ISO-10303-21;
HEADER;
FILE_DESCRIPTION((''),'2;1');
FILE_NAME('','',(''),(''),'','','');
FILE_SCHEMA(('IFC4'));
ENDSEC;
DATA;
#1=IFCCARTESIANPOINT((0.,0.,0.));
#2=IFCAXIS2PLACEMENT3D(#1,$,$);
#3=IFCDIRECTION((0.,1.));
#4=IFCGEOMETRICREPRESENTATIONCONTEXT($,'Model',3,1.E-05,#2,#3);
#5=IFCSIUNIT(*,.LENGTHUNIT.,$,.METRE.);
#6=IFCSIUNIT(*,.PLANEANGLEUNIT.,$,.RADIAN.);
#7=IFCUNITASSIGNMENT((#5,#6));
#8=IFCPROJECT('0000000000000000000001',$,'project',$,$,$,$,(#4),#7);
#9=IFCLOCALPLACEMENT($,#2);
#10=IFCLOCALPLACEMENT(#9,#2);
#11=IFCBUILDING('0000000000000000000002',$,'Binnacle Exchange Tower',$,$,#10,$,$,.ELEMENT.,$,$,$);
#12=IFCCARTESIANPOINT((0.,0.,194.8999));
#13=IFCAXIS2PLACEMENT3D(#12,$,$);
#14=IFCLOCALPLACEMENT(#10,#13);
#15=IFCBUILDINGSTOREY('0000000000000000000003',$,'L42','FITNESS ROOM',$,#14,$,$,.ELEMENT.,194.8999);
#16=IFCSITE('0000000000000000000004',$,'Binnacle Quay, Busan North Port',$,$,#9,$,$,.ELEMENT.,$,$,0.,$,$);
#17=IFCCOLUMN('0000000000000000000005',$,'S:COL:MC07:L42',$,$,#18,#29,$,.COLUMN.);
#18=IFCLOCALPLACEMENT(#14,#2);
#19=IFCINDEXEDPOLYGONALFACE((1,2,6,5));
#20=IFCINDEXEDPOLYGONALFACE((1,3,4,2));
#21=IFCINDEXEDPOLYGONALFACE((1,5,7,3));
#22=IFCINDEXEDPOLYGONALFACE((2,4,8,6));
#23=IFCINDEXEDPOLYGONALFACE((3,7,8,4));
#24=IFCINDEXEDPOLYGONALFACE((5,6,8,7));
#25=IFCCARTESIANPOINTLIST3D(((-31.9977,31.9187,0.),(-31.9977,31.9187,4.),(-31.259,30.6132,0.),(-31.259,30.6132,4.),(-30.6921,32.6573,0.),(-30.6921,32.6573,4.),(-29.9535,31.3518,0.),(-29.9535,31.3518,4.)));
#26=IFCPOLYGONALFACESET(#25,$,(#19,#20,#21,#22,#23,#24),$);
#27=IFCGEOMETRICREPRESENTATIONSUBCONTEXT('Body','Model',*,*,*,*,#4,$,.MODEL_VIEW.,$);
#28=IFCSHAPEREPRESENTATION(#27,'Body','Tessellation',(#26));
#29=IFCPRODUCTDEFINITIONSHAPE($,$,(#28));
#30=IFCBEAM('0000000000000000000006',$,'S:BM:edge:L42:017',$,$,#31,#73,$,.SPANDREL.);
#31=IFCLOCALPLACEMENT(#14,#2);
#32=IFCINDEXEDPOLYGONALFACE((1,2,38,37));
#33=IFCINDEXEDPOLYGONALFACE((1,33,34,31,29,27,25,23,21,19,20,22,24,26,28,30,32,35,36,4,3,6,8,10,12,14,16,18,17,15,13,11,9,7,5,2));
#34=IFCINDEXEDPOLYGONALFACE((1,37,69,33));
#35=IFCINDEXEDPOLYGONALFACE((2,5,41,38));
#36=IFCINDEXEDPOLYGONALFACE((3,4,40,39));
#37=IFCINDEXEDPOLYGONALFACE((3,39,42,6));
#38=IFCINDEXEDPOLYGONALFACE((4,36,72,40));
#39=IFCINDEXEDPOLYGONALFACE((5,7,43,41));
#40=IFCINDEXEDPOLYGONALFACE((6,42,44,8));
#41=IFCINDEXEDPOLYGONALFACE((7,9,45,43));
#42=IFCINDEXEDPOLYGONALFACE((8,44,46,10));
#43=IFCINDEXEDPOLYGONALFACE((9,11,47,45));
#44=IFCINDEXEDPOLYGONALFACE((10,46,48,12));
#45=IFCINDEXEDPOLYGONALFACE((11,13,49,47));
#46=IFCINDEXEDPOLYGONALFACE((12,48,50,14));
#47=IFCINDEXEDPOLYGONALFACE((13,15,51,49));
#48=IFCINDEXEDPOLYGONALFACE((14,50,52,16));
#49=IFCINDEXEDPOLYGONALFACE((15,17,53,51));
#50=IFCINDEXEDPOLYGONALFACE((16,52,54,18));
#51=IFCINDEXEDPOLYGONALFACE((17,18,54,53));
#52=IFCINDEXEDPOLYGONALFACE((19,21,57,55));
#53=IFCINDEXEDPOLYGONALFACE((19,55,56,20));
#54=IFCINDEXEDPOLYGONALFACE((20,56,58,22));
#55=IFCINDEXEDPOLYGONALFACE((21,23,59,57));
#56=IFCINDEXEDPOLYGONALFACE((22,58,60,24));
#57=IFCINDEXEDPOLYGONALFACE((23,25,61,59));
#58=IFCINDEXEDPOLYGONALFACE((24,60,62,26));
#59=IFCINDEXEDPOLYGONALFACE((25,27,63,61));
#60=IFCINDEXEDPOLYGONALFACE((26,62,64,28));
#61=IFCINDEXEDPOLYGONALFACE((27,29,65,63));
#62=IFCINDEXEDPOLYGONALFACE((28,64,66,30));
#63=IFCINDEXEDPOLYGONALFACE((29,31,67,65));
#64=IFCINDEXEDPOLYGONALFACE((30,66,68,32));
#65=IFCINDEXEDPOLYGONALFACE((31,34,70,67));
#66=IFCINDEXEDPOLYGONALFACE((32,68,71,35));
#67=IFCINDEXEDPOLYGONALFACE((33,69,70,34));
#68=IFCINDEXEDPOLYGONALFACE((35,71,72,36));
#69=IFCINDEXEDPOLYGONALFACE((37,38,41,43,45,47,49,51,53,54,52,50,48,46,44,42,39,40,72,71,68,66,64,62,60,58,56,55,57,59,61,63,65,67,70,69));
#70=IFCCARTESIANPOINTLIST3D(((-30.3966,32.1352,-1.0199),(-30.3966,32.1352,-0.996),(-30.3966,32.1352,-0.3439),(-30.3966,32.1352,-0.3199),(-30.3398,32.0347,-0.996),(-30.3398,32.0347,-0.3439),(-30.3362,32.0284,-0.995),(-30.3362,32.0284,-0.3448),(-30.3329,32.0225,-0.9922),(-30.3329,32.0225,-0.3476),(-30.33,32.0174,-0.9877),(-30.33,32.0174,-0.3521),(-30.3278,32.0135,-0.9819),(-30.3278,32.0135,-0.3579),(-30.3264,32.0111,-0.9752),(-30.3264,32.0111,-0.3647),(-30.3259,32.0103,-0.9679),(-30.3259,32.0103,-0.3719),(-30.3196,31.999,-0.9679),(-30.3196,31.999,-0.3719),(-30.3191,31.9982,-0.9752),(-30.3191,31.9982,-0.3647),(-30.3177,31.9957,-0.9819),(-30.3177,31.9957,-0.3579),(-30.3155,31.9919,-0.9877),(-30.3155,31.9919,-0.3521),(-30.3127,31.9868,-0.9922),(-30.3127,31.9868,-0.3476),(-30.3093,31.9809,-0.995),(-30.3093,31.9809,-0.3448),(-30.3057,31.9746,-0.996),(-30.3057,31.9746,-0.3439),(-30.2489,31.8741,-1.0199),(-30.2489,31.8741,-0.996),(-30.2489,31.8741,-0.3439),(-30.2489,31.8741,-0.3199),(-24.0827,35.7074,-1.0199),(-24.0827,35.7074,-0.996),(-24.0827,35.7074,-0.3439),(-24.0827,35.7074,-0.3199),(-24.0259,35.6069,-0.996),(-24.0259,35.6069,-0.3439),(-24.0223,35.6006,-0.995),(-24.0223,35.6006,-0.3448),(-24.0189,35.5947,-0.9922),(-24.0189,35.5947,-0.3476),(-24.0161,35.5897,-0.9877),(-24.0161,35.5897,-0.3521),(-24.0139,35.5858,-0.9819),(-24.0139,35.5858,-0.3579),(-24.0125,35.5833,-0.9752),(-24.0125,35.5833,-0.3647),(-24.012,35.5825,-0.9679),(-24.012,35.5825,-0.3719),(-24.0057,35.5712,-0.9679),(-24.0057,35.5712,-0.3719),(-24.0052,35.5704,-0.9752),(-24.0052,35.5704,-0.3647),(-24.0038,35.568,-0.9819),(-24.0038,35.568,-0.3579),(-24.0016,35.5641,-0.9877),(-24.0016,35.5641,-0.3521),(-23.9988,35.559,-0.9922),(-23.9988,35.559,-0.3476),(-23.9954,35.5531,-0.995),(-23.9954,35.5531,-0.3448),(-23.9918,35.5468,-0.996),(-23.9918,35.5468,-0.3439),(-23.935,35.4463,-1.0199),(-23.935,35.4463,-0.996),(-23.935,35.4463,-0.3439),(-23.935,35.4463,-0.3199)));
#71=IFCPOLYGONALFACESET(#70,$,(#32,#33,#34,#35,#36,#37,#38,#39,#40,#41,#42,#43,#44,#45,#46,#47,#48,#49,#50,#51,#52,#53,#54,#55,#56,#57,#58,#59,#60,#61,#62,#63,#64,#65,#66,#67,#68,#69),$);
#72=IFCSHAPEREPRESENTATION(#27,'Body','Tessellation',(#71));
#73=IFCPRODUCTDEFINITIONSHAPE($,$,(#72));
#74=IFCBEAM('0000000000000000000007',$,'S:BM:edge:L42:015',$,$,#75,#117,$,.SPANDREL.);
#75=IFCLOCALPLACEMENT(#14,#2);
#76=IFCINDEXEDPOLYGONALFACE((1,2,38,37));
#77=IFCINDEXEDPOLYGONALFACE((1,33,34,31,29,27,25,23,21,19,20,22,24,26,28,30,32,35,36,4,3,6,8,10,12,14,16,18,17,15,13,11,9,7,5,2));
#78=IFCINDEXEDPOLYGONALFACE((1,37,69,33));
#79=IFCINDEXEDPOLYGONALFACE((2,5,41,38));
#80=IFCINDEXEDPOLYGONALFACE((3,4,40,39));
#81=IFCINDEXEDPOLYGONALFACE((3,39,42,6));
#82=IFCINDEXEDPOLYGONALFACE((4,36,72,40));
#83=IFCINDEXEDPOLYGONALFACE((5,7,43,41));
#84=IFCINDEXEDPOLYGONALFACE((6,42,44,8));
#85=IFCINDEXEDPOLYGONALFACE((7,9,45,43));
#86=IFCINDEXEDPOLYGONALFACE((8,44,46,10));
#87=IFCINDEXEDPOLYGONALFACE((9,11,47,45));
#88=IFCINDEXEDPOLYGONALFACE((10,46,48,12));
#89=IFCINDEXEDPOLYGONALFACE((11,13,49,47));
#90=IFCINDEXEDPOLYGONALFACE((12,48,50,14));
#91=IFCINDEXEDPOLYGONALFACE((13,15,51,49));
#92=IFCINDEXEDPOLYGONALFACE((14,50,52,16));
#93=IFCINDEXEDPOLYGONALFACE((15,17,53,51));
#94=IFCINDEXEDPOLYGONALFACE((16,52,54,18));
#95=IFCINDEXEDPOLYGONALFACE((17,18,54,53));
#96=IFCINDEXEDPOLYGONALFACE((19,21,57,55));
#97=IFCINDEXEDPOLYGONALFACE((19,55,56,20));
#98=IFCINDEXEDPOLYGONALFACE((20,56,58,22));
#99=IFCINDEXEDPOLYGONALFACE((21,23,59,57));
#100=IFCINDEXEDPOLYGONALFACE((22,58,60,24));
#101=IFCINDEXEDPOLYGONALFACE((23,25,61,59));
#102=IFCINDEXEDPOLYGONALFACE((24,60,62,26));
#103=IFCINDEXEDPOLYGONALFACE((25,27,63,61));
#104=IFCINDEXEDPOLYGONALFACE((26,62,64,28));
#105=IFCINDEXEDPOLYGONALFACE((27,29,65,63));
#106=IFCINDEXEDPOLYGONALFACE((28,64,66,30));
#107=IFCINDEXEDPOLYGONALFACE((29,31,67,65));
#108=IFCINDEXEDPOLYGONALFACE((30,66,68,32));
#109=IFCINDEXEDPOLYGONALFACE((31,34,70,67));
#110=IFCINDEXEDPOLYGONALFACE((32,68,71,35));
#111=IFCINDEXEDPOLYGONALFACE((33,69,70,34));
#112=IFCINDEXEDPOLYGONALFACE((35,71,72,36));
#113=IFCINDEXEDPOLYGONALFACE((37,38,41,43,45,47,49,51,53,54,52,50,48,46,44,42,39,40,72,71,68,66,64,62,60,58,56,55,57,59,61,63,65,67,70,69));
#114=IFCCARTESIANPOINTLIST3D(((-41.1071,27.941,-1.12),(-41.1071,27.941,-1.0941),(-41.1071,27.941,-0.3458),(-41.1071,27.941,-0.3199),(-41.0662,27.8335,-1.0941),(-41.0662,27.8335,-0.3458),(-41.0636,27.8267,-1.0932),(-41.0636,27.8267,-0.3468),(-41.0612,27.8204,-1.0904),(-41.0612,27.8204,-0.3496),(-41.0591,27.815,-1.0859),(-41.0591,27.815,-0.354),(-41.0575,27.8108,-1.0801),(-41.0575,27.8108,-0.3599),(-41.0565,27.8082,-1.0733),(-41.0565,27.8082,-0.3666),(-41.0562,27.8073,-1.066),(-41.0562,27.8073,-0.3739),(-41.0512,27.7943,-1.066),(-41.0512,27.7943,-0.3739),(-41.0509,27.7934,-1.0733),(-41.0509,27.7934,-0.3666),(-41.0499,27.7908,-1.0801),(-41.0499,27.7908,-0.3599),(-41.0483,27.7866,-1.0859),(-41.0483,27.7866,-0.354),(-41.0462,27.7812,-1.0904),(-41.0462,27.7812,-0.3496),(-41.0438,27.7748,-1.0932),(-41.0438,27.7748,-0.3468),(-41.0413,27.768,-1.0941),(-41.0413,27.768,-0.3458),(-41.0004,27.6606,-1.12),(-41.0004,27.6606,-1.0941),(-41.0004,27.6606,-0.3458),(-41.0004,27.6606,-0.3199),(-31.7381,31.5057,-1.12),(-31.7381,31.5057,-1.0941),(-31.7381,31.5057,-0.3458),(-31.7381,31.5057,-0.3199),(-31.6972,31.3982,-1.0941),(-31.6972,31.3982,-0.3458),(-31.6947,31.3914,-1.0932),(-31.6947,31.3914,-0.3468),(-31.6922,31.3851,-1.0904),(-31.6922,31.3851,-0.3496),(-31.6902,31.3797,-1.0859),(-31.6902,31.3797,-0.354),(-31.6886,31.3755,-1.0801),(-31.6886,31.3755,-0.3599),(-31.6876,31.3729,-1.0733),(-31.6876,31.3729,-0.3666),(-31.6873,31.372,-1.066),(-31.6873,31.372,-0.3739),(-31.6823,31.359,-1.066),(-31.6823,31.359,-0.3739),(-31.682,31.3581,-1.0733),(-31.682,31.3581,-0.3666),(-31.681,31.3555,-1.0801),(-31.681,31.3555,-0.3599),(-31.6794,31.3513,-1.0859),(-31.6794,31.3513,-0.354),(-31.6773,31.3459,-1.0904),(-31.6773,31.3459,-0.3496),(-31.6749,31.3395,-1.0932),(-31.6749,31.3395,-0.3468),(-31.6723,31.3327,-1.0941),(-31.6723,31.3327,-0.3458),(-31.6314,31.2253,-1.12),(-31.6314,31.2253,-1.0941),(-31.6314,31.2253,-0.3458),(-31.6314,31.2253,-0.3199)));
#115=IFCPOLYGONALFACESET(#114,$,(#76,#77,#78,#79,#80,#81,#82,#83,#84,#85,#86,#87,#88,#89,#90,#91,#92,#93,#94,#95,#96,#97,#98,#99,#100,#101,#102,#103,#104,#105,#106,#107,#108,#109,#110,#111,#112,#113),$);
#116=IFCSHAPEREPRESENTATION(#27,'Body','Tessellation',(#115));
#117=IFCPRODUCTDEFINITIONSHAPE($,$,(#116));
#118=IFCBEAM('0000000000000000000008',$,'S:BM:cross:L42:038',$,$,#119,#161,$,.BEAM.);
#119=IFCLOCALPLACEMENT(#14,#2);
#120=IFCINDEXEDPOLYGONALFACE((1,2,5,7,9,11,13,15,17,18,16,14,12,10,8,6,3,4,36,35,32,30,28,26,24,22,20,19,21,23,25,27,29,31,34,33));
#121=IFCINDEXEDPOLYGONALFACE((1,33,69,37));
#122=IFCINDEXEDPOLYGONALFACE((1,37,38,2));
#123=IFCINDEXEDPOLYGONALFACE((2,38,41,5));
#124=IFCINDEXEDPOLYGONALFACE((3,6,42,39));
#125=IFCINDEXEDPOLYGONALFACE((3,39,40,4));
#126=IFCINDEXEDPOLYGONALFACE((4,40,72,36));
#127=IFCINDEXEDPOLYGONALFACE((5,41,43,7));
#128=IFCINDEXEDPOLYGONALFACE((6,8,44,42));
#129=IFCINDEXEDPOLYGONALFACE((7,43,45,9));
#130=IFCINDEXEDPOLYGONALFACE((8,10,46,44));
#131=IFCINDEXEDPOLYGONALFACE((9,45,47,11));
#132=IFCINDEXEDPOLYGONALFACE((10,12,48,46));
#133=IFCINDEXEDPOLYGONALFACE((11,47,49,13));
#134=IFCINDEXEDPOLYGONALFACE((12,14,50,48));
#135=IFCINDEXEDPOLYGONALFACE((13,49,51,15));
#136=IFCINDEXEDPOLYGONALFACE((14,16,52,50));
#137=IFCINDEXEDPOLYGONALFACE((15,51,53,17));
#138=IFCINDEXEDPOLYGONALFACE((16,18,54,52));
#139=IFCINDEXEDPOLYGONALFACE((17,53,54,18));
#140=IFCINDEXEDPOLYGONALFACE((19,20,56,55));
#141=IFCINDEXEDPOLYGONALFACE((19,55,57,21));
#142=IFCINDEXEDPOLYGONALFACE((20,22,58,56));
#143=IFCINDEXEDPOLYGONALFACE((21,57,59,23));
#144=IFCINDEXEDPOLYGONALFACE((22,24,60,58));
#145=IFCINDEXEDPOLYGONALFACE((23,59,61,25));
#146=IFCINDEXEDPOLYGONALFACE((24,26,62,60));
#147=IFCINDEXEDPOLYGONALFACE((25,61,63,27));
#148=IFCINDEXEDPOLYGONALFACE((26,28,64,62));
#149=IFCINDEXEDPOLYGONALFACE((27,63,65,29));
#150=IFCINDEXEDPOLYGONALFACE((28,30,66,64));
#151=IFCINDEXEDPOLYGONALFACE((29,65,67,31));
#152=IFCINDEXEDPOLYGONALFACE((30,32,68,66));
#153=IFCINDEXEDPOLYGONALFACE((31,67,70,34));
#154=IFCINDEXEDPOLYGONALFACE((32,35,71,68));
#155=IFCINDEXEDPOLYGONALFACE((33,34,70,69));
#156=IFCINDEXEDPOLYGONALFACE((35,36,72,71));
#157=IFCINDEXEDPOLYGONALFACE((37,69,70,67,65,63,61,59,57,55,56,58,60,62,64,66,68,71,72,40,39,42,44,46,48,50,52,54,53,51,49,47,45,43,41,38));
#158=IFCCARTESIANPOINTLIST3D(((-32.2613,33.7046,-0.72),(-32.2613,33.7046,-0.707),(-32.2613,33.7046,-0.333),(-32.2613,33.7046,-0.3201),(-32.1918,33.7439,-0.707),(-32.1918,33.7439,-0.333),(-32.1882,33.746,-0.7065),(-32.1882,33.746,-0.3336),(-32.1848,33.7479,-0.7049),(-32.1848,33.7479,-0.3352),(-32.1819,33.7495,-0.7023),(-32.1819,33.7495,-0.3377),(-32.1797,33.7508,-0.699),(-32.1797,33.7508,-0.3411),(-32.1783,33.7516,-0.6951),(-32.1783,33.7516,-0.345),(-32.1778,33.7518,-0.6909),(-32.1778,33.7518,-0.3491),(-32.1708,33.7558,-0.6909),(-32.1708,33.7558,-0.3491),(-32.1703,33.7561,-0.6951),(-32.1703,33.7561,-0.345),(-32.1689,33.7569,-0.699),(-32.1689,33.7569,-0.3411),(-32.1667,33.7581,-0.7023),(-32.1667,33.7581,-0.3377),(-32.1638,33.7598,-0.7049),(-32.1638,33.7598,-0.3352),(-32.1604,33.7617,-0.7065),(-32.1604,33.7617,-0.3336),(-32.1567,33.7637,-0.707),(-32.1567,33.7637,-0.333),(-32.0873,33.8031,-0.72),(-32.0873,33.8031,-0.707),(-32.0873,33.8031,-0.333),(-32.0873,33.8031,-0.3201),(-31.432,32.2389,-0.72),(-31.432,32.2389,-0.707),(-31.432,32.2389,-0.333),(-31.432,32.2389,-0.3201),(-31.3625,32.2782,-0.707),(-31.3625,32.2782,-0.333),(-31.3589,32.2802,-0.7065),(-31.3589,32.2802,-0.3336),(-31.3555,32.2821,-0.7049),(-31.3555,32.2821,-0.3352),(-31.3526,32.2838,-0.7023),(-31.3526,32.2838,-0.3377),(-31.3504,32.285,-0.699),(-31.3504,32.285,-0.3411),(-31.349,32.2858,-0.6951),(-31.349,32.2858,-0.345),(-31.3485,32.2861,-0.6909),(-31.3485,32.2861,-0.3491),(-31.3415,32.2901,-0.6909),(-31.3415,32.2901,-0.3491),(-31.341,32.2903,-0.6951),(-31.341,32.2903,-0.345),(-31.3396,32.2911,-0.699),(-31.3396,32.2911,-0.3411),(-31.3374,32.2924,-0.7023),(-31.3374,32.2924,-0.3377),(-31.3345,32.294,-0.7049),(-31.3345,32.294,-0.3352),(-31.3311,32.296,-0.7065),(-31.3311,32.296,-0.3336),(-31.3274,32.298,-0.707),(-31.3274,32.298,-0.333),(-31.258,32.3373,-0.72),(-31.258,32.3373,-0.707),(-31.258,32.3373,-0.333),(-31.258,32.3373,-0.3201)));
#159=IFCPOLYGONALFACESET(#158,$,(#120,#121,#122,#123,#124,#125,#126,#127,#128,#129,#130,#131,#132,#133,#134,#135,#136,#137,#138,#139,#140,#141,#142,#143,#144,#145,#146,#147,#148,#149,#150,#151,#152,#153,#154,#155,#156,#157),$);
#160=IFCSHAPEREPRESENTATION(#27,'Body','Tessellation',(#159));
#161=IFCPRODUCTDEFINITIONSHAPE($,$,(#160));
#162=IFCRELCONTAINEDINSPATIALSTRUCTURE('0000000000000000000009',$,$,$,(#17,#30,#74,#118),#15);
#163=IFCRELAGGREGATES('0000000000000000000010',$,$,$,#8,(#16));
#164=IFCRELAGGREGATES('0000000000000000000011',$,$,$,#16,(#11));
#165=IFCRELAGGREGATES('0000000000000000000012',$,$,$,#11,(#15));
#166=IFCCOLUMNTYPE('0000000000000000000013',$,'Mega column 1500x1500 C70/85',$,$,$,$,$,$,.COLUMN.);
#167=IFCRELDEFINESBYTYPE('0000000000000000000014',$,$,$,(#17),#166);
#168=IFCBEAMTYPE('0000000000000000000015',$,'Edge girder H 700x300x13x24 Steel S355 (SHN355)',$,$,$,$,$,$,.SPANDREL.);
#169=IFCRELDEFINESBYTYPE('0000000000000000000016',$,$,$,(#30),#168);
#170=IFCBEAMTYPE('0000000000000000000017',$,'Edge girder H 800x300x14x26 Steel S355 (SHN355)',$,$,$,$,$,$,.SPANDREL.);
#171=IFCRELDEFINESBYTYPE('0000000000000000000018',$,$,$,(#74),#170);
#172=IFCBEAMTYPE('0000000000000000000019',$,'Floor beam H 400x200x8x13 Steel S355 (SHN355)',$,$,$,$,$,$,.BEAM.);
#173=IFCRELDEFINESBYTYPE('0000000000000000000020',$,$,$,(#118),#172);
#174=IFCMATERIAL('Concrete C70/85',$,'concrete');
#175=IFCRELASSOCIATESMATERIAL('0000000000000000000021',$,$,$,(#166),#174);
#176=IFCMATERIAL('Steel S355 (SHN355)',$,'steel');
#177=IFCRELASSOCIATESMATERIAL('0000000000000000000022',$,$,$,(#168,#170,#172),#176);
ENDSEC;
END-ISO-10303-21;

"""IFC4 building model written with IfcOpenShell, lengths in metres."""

from ifc_helpers import new_model, si_unit, direction, frame, origin, origin_2d, place, context, subcontext, project, spatial, rectangle, i_section, extrude, material, material_profile, profile_set, type_object, element, save


model = new_model("IFC4")

# Units and contexts
model_context = context("Model", 3, precision=1e-05, world=origin(), true_north=direction((0.0, 1.0)))
body_context = subcontext(model_context, "Body", "Model", "MODEL_VIEW")
ifc_project = project(units=[si_unit("LENGTHUNIT", "METRE"), si_unit("PLANEANGLEUNIT", "RADIAN")], contexts=[model_context])

# Site, building, storey
site_placement = place(None, origin())
site = spatial("IfcSite", under=ifc_project, at=site_placement, Name="Binnacle Quay, Busan North Port", CompositionType="ELEMENT", RefElevation=0.0)
building_placement = place(site_placement, origin())
building = spatial("IfcBuilding", under=site, at=building_placement, Name="Binnacle Exchange Tower", CompositionType="ELEMENT")
storey_placement = place(building_placement, frame((0.0, 0.0, 194.8999)))
storey = spatial("IfcBuildingStorey", under=building, at=storey_placement, Name="L42", Description="FITNESS ROOM", CompositionType="ELEMENT", Elevation=194.8999)

# Column
ifc_material_1 = material(Name="Concrete C70/85", Category="concrete")
ifc_material_profile_1 = material_profile(ifc_material_1, rectangle(XDim=1.5, YDim=1.5, at=origin_2d()), Name="Mega column 1500x1500 C70/85")
ifc_profile_set_1 = profile_set([ifc_material_profile_1], Name="Concrete C70/85")
column_type = type_object("IfcColumnType", Name="Mega column 1500x1500 C70/85", PredefinedType="COLUMN", material=ifc_profile_set_1)
column_placement = place(storey_placement, frame((-30.9756, 31.6353, 0.0), z_axis=(0.0, 0.0, 1.0), x_axis=(0.870356, 0.492424, 0.0)))
element("IfcColumn", 1, at=column_placement, inside=storey, type_object=column_type, Name="S:COL:MC07:L42", PredefinedType="COLUMN", context=body_context, shape_type="SweptSolid", body=[
    extrude(rectangle(XDim=1.5, YDim=1.5, at=origin_2d()), origin(), (0.0, 0.0, 1.0), 4.0),
])

# Beams
ifc_material_2 = material(Name="Steel S355 (SHN355)", Category="steel")
ifc_material_profile_2 = material_profile(ifc_material_2, i_section(OverallWidth=0.3, OverallDepth=0.7, WebThickness=0.0129, FlangeThickness=0.0239, FilletRadius=0.0281, at=origin_2d()), Name="H 700x300x13x24")
ifc_profile_set_2 = profile_set([ifc_material_profile_2], Name="Steel S355 (SHN355)")
beam_type_1 = type_object("IfcBeamType", Name="Edge girder H 700x300x13x24 Steel S355 (SHN355)", PredefinedType="SPANDREL", material=ifc_profile_set_2)
beam_1_placement = place(storey_placement, frame((-30.3228, 32.0046, -0.6699), z_axis=(0.870356, 0.492423, 0.0), x_axis=(-0.492423, 0.870356, 0.0)))
element("IfcBeam", 2, at=beam_1_placement, inside=storey, type_object=beam_type_1, Name="S:BM:edge:L42:017", PredefinedType="SPANDREL", context=body_context, shape_type="SweptSolid", body=[
    extrude(i_section(OverallWidth=0.3, OverallDepth=0.7, WebThickness=0.0129, FlangeThickness=0.0239, FilletRadius=0.0281, at=origin_2d()), origin(), (0.0, 0.0, 1.0), 7.2544),
])
ifc_material_profile_3 = material_profile(ifc_material_2, i_section(OverallWidth=0.3, OverallDepth=0.8, WebThickness=0.0139, FlangeThickness=0.0259, FilletRadius=0.0281, at=origin_2d()), Name="H 800x300x14x26")
ifc_profile_set_3 = profile_set([ifc_material_profile_3], Name="Steel S355 (SHN355)")
beam_type_2 = type_object("IfcBeamType", Name="Edge girder H 800x300x14x26 Steel S355 (SHN355)", PredefinedType="SPANDREL", material=ifc_profile_set_3)
beam_2_placement = place(storey_placement, frame((-41.0537, 27.8008, -0.72), z_axis=(0.934634, 0.355611, 0.0), x_axis=(-0.355611, 0.934634, 0.0)))
element("IfcBeam", 3, at=beam_2_placement, inside=storey, type_object=beam_type_2, Name="S:BM:edge:L42:015", PredefinedType="SPANDREL", context=body_context, shape_type="SweptSolid", body=[
    extrude(i_section(OverallWidth=0.3, OverallDepth=0.8, WebThickness=0.0139, FlangeThickness=0.0259, FilletRadius=0.0281, at=origin_2d()), origin(), (0.0, 0.0, 1.0), 10.0242),
])
ifc_material_profile_4 = material_profile(ifc_material_2, i_section(OverallWidth=0.2, OverallDepth=0.3999, WebThickness=0.0081, FlangeThickness=0.0129, FilletRadius=0.0161, at=origin_2d()), Name="H 400x200x8x13")
ifc_profile_set_4 = profile_set([ifc_material_profile_4], Name="Steel S355 (SHN355)")
beam_type_3 = type_object("IfcBeamType", Name="Floor beam H 400x200x8x13 Steel S355 (SHN355)", PredefinedType="BEAM", material=ifc_profile_set_4)
beam_3_placement = place(storey_placement, frame((-31.345, 32.2881, -0.52), z_axis=(-0.492435, 0.870349, 0.0), x_axis=(-0.870349, -0.492435, 0.0)))
element("IfcBeam", 4, at=beam_3_placement, inside=storey, type_object=beam_type_3, Name="S:BM:cross:L42:038", PredefinedType="BEAM", context=body_context, shape_type="SweptSolid", body=[
    extrude(i_section(OverallWidth=0.2, OverallDepth=0.3999, WebThickness=0.0081, FlangeThickness=0.0129, FilletRadius=0.0161, at=origin_2d()), origin(), (0.0, 0.0, 1.0), 1.6841),
])

save(model, "model.ifc")
